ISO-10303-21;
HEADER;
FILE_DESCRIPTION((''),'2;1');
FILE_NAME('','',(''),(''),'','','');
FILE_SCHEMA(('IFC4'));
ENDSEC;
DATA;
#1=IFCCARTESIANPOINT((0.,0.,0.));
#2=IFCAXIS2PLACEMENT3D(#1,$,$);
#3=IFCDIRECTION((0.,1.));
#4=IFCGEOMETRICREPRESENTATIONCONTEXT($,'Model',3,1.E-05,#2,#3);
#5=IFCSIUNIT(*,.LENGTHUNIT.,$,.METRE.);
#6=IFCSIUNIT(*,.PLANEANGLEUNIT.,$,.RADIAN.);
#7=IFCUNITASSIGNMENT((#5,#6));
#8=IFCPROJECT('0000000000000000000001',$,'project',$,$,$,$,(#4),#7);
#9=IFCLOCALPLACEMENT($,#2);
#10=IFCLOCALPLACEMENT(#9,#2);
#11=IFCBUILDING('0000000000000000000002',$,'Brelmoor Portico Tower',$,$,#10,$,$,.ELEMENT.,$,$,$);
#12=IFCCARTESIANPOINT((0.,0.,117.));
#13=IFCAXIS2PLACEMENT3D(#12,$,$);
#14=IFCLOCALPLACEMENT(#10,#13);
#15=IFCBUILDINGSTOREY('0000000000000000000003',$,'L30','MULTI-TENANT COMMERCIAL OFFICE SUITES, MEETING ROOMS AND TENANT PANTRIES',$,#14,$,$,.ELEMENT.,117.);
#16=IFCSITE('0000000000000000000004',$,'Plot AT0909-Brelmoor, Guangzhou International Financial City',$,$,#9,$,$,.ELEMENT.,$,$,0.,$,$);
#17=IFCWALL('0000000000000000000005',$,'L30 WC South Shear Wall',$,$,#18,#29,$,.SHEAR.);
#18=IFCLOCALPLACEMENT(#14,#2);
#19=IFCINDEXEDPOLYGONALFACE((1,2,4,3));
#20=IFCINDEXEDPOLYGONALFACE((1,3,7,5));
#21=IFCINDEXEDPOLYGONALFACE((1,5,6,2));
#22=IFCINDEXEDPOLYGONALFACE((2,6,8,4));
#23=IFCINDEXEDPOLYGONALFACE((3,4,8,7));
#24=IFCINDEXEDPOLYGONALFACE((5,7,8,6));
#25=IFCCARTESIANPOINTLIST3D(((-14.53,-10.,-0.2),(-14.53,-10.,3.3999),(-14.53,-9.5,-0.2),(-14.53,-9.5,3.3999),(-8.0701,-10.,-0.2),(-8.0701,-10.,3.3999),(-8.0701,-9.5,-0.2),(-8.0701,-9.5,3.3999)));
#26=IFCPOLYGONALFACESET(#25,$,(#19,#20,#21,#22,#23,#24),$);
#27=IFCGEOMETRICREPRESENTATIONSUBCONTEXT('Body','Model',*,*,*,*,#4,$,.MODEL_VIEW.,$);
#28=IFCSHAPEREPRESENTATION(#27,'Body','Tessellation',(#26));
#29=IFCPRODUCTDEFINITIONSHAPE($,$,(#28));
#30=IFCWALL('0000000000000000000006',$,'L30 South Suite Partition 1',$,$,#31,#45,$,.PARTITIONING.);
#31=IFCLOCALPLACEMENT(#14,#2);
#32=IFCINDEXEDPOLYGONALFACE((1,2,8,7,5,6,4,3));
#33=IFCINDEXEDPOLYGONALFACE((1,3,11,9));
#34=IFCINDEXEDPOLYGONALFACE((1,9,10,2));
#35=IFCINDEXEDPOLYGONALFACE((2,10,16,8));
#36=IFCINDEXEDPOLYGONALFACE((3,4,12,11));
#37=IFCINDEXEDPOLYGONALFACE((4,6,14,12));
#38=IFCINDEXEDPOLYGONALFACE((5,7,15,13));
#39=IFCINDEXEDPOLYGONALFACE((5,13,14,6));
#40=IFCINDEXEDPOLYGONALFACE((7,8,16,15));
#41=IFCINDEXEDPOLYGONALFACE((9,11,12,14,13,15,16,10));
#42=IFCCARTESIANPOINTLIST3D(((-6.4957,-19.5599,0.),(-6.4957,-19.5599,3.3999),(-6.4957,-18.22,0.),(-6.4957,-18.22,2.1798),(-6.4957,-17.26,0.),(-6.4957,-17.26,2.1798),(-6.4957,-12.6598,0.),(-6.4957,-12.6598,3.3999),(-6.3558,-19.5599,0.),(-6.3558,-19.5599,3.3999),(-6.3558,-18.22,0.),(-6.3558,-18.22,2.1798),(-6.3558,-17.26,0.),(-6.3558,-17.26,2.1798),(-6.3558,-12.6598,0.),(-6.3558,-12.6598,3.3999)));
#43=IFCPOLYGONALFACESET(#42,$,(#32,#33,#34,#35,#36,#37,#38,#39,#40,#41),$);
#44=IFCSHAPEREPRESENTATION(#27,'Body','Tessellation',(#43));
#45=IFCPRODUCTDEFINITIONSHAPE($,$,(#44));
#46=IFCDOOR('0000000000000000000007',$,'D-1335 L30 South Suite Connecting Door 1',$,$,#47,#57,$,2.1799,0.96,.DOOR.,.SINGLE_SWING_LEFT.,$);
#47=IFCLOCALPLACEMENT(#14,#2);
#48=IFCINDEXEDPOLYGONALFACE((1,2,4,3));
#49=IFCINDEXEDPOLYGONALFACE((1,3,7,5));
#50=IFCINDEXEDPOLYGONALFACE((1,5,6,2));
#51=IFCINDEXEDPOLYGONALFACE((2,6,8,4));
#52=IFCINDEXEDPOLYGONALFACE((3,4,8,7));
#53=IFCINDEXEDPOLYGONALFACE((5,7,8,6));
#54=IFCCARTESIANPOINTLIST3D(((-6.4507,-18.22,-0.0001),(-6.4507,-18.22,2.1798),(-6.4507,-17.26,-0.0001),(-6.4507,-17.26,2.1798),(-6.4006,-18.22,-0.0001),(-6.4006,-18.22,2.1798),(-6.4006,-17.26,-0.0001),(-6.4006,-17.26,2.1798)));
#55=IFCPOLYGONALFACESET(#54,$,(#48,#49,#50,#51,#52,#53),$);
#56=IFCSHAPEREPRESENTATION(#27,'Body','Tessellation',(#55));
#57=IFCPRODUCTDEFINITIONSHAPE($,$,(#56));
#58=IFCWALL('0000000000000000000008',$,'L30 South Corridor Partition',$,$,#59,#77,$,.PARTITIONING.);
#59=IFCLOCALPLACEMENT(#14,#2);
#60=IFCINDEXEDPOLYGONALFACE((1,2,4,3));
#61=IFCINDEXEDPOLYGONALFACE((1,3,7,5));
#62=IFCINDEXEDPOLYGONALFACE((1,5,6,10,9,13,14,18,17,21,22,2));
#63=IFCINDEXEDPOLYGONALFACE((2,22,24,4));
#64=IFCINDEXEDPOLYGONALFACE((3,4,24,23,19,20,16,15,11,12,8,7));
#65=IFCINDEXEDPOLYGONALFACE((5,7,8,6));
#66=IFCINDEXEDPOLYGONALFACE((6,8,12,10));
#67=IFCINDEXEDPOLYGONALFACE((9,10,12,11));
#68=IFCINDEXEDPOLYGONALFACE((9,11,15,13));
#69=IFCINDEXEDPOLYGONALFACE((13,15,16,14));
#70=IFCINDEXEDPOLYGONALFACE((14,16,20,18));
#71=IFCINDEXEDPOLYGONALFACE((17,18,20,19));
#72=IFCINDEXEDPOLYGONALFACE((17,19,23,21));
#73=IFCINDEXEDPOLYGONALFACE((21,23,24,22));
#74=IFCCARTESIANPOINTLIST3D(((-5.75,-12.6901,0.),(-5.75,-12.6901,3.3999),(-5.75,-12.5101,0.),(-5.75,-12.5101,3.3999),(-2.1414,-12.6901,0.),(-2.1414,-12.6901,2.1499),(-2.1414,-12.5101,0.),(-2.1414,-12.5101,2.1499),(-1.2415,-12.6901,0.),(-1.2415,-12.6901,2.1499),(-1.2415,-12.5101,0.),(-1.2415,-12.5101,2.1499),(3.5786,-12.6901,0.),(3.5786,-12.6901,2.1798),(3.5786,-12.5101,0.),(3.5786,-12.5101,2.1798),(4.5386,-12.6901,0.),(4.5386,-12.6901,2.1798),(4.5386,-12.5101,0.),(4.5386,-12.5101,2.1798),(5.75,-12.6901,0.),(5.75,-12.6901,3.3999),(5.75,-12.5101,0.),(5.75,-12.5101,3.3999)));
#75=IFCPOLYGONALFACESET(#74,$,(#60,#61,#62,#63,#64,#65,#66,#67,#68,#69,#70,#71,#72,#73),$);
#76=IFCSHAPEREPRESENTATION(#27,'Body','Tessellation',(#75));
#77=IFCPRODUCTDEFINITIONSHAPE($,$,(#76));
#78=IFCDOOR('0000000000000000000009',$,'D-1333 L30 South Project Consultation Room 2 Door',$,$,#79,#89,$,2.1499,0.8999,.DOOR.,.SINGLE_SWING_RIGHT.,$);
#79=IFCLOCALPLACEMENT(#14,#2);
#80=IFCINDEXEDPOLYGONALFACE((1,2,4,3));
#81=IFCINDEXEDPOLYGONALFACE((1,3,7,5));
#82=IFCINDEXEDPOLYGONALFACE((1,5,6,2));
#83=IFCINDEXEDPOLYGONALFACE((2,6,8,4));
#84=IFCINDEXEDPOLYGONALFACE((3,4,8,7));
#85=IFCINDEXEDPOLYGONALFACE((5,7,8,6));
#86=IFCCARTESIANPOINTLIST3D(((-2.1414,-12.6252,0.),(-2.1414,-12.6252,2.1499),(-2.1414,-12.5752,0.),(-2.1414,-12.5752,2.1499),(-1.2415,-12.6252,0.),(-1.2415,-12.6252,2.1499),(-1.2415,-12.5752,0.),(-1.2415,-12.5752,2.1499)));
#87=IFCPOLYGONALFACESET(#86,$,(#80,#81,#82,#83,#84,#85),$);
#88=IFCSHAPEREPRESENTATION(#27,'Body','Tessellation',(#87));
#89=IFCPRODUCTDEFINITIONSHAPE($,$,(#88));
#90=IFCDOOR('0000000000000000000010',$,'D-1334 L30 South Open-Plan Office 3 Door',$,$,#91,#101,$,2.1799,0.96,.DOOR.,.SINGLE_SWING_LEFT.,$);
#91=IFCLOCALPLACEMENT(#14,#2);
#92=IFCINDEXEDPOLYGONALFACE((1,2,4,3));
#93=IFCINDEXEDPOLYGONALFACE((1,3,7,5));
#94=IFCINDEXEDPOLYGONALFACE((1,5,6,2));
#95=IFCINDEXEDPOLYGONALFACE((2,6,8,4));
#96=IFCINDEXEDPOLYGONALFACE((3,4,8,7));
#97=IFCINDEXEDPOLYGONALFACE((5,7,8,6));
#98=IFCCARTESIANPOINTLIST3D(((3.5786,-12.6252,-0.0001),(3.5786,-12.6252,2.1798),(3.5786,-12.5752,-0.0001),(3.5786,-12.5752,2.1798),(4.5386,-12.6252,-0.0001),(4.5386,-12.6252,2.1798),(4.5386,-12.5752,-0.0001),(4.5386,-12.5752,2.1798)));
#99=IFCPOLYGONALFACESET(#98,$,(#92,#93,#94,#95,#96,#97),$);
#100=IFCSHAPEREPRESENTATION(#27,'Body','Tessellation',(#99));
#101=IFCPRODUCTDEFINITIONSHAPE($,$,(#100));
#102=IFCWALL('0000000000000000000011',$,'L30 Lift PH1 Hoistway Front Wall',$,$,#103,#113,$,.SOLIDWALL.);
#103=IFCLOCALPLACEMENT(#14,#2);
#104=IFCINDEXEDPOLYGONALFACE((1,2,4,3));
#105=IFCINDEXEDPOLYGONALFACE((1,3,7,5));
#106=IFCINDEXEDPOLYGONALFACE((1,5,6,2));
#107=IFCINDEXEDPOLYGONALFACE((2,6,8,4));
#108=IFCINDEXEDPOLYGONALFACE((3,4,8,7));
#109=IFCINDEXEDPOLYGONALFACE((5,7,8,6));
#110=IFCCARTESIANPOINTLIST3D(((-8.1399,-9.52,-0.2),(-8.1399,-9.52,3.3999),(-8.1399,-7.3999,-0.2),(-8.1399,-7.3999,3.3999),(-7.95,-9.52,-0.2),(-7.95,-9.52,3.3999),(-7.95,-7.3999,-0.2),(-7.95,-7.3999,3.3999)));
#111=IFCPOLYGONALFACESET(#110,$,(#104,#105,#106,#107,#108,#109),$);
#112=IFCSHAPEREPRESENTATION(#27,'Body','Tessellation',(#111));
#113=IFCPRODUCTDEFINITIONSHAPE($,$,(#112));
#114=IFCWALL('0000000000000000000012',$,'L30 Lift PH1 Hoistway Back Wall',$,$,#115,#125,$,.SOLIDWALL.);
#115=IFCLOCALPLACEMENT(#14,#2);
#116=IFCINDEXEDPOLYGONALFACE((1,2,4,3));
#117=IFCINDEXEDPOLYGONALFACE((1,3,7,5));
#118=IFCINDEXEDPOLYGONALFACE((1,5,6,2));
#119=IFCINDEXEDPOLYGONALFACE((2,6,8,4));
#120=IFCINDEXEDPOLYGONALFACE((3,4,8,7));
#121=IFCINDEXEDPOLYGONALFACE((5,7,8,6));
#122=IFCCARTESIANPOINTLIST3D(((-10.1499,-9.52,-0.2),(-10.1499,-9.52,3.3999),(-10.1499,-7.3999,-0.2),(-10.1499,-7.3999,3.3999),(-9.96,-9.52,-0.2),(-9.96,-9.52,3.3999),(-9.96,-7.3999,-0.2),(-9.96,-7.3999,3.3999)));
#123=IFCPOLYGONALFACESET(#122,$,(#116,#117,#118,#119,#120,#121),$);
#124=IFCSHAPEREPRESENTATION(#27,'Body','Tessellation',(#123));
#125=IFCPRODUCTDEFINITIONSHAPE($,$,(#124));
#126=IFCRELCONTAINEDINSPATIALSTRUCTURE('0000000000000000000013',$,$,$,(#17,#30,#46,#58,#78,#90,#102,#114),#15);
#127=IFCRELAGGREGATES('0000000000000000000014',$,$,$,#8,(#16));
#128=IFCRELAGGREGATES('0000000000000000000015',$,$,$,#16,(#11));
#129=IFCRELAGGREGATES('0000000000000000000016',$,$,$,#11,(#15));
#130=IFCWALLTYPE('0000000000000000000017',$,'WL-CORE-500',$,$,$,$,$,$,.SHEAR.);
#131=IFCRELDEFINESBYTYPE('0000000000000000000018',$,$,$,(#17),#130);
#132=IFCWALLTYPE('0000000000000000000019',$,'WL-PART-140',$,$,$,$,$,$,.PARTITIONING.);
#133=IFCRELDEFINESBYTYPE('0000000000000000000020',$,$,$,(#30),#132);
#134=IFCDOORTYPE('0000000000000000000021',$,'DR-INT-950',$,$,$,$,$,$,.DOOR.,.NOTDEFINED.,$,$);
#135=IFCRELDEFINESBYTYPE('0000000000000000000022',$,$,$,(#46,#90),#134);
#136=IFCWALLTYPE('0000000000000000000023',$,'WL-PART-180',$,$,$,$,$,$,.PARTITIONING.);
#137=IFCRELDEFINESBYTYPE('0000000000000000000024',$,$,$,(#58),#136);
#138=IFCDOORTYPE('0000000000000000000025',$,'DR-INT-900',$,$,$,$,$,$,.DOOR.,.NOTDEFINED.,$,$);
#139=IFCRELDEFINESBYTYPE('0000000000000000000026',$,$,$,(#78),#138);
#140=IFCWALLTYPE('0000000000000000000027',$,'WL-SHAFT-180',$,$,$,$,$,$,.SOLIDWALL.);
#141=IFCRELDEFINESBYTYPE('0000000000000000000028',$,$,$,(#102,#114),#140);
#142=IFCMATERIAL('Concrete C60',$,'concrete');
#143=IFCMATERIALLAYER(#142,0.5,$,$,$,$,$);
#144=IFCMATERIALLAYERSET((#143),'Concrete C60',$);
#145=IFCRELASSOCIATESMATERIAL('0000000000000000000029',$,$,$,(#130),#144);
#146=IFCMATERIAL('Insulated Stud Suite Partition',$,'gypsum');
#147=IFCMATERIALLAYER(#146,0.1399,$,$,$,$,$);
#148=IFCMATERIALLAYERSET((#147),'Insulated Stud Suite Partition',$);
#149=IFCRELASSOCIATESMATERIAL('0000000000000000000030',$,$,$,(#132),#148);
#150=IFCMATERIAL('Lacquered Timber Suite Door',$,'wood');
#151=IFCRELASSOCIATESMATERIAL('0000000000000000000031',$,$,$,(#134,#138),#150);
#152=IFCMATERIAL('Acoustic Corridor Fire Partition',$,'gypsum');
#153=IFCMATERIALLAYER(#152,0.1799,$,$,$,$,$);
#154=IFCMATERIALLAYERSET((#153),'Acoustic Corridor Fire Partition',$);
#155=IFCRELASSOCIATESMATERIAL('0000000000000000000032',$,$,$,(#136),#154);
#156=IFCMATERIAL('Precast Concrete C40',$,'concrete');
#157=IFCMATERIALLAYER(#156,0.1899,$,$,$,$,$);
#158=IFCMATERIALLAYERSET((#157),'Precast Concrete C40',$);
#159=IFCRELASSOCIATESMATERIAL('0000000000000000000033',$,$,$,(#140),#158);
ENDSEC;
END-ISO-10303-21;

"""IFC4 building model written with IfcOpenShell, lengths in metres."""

from ifc_helpers import new_model, si_unit, direction, frame, frame_2d, origin, place, context, subcontext, project, spatial, rectangle, extrude, material, layer, layer_set, type_object, element, fill, save


model = new_model("IFC4")

# Units and contexts
model_context = context("Model", 3, precision=1e-05, world=origin(), true_north=direction((0.0, 1.0)))
body_context = subcontext(model_context, "Body", "Model", "MODEL_VIEW")
ifc_project = project(units=[si_unit("LENGTHUNIT", "METRE"), si_unit("PLANEANGLEUNIT", "RADIAN")], contexts=[model_context])

# Site, building, storey
site_placement = place(None, origin())
site = spatial("IfcSite", under=ifc_project, at=site_placement, Name="Plot AT0909-Brelmoor, Guangzhou International Financial City", CompositionType="ELEMENT", RefElevation=0.0)
building_placement = place(site_placement, origin())
building = spatial("IfcBuilding", under=site, at=building_placement, Name="Brelmoor Portico Tower", CompositionType="ELEMENT")
storey_placement = place(building_placement, frame((0.0, 0.0, 117.0)))
storey = spatial("IfcBuildingStorey", under=building, at=storey_placement, Name="L30", Description="MULTI-TENANT COMMERCIAL OFFICE SUITES, MEETING ROOMS AND TENANT PANTRIES", CompositionType="ELEMENT", Elevation=117.0)

# Wall
ifc_material_1 = material(Name="Concrete C60", Category="concrete")
ifc_layer_1 = layer(ifc_material_1, 0.5)
ifc_layer_set_1 = layer_set([ifc_layer_1], Name="Concrete C60")
wall_type_1 = type_object("IfcWallType", Name="WL-CORE-500", PredefinedType="SHEAR", material=ifc_layer_set_1)
wall_1_placement = place(storey_placement, frame((-14.53, -9.75, -0.2), z_axis=(0.0, 0.0, 1.0), x_axis=(1.0, 0.0, 0.0)))
element("IfcWall", 1, at=wall_1_placement, inside=storey, type_object=wall_type_1, Name="L30 WC South Shear Wall", PredefinedType="SHEAR", context=body_context, shape_type="SweptSolid", body=[
    extrude(rectangle(XDim=6.46, YDim=0.5, at=frame_2d((3.23, 0.0))), origin(), (0.0, 0.0, 1.0), 3.5999),
])

# Wall, opening, door
ifc_material_2 = material(Name="Insulated Stud Suite Partition", Category="gypsum")
ifc_layer_2 = layer(ifc_material_2, 0.1399)
ifc_layer_set_2 = layer_set([ifc_layer_2], Name="Insulated Stud Suite Partition")
wall_type_2 = type_object("IfcWallType", Name="WL-PART-140", PredefinedType="PARTITIONING", material=ifc_layer_set_2)
wall_2_placement = place(storey_placement, frame((-6.4258, -19.5601, 0.0), z_axis=(0.0, 0.0, 1.0), x_axis=(0.0, 1.0, 0.0)))
wall_2 = element("IfcWall", 2, at=wall_2_placement, inside=storey, type_object=wall_type_2, Name="L30 South Suite Partition 1", PredefinedType="PARTITIONING", context=body_context, shape_type="SweptSolid", body=[
    extrude(rectangle(XDim=6.9001, YDim=0.1399, at=frame_2d((3.4502, 0.0))), origin(), (0.0, 0.0, 1.0), 3.3999),
])
opening_1_placement = place(wall_2_placement, frame((1.3401, 0.0, 0.0)))
opening_1 = element("IfcOpeningElement", 3, at=opening_1_placement, cuts=wall_2, PredefinedType="OPENING", context=body_context, shape_type="SweptSolid", body=[
    extrude(rectangle(XDim=0.96, YDim=2.1799, at=frame_2d((0.48, 1.0898))), frame((0.0, 0.0798, 0.0), z_axis=(0.0, -1.0, 0.0), x_axis=(1.0, 0.0, 0.0)), (0.0, 0.0, 1.0), 0.1599),
])
ifc_material_3 = material(Name="Lacquered Timber Suite Door", Category="wood")
door_type_1 = type_object("IfcDoorType", Name="DR-INT-950", OperationType="NOTDEFINED", PredefinedType="DOOR", material=ifc_material_3)
door_1_placement = place(opening_1_placement, origin())
door_1 = element("IfcDoor", 4, at=door_1_placement, inside=storey, type_object=door_type_1, Name="D-1335 L30 South Suite Connecting Door 1", OperationType="SINGLE_SWING_LEFT", OverallHeight=2.1799, OverallWidth=0.96, PredefinedType="DOOR", context=body_context, shape_type="SweptSolid", body=[
    extrude(rectangle(XDim=0.96, YDim=2.1799, at=frame_2d((0.48, 1.0898))), frame((0.0, 0.0249, 0.0), z_axis=(0.0, -1.0, 0.0), x_axis=(1.0, 0.0, 0.0)), (0.0, 0.0, 1.0), 0.05),
])
fill(opening_1, door_1)

# Wall, openings, doors
ifc_material_4 = material(Name="Acoustic Corridor Fire Partition", Category="gypsum")
ifc_layer_3 = layer(ifc_material_4, 0.1799)
ifc_layer_set_3 = layer_set([ifc_layer_3], Name="Acoustic Corridor Fire Partition")
wall_type_3 = type_object("IfcWallType", Name="WL-PART-180", PredefinedType="PARTITIONING", material=ifc_layer_set_3)
wall_3_placement = place(storey_placement, frame((-5.75, -12.6001, 0.0), z_axis=(0.0, 0.0, 1.0), x_axis=(1.0, 0.0, 0.0)))
wall_3 = element("IfcWall", 5, at=wall_3_placement, inside=storey, type_object=wall_type_3, Name="L30 South Corridor Partition", PredefinedType="PARTITIONING", context=body_context, shape_type="SweptSolid", body=[
    extrude(rectangle(XDim=11.5, YDim=0.1799, at=frame_2d((5.75, 0.0))), origin(), (0.0, 0.0, 1.0), 3.3999),
])
opening_2_placement = place(wall_3_placement, frame((3.6086, 0.0, 0.0)))
opening_2 = element("IfcOpeningElement", 6, at=opening_2_placement, cuts=wall_3, PredefinedType="OPENING", context=body_context, shape_type="SweptSolid", body=[
    extrude(rectangle(XDim=0.8999, YDim=2.1499, at=frame_2d((0.45, 1.075))), frame((0.0, 0.0999, 0.0), z_axis=(0.0, -1.0, 0.0), x_axis=(1.0, 0.0, 0.0)), (0.0, 0.0, 1.0), 0.2),
])
opening_3_placement = place(wall_3_placement, frame((9.3286, 0.0, 0.0)))
opening_3 = element("IfcOpeningElement", 7, at=opening_3_placement, cuts=wall_3, PredefinedType="OPENING", context=body_context, shape_type="SweptSolid", body=[
    extrude(rectangle(XDim=0.96, YDim=2.1799, at=frame_2d((0.48, 1.0898))), frame((0.0, 0.0999, 0.0), z_axis=(0.0, -1.0, 0.0), x_axis=(1.0, 0.0, 0.0)), (0.0, 0.0, 1.0), 0.2),
])
door_type_2 = type_object("IfcDoorType", Name="DR-INT-900", OperationType="NOTDEFINED", PredefinedType="DOOR", material=ifc_material_3)
door_2_placement = place(opening_2_placement, origin())
door_2 = element("IfcDoor", 8, at=door_2_placement, inside=storey, type_object=door_type_2, Name="D-1333 L30 South Project Consultation Room 2 Door", OperationType="SINGLE_SWING_RIGHT", OverallHeight=2.1499, OverallWidth=0.8999, PredefinedType="DOOR", context=body_context, shape_type="SweptSolid", body=[
    extrude(rectangle(XDim=0.8999, YDim=2.1499, at=frame_2d((0.45, 1.075))), frame((0.0, 0.0249, 0.0), z_axis=(0.0, -1.0, 0.0), x_axis=(1.0, 0.0, 0.0)), (0.0, 0.0, 1.0), 0.05),
])
fill(opening_2, door_2)
door_3_placement = place(opening_3_placement, origin())
door_3 = element("IfcDoor", 9, at=door_3_placement, inside=storey, type_object=door_type_1, Name="D-1334 L30 South Open-Plan Office 3 Door", OperationType="SINGLE_SWING_LEFT", OverallHeight=2.1799, OverallWidth=0.96, PredefinedType="DOOR", context=body_context, shape_type="SweptSolid", body=[
    extrude(rectangle(XDim=0.96, YDim=2.1799, at=frame_2d((0.48, 1.0898))), frame((0.0, 0.0249, 0.0), z_axis=(0.0, -1.0, 0.0), x_axis=(1.0, 0.0, 0.0)), (0.0, 0.0, 1.0), 0.05),
])
fill(opening_3, door_3)

# Walls
ifc_material_5 = material(Name="Precast Concrete C40", Category="concrete")
ifc_layer_4 = layer(ifc_material_5, 0.1899)
ifc_layer_set_4 = layer_set([ifc_layer_4], Name="Precast Concrete C40")
wall_type_4 = type_object("IfcWallType", Name="WL-SHAFT-180", PredefinedType="SOLIDWALL", material=ifc_layer_set_4)
for number, where, z_axis, x_axis, name in (
    (10, (-8.0449, -9.52, -0.2), (0.0, 0.0, 1.0), (0.0, 1.0, 0.0), "L30 Lift PH1 Hoistway Front Wall"),
    (11, (-10.0549, -9.52, -0.2), (0.0, 0.0, 1.0), (0.0, 1.0, 0.0), "L30 Lift PH1 Hoistway Back Wall"),
):
    element("IfcWall", number, at=place(storey_placement, frame(where, z_axis=z_axis, x_axis=x_axis)), inside=storey, type_object=wall_type_4, Name=name, PredefinedType="SOLIDWALL", context=body_context, shape_type="SweptSolid", body=[
        extrude(rectangle(XDim=2.1201, YDim=0.1899, at=frame_2d((1.0601, 0.0))), origin(), (0.0, 0.0, 1.0), 3.5999),
    ])

save(model, "model.ifc")
